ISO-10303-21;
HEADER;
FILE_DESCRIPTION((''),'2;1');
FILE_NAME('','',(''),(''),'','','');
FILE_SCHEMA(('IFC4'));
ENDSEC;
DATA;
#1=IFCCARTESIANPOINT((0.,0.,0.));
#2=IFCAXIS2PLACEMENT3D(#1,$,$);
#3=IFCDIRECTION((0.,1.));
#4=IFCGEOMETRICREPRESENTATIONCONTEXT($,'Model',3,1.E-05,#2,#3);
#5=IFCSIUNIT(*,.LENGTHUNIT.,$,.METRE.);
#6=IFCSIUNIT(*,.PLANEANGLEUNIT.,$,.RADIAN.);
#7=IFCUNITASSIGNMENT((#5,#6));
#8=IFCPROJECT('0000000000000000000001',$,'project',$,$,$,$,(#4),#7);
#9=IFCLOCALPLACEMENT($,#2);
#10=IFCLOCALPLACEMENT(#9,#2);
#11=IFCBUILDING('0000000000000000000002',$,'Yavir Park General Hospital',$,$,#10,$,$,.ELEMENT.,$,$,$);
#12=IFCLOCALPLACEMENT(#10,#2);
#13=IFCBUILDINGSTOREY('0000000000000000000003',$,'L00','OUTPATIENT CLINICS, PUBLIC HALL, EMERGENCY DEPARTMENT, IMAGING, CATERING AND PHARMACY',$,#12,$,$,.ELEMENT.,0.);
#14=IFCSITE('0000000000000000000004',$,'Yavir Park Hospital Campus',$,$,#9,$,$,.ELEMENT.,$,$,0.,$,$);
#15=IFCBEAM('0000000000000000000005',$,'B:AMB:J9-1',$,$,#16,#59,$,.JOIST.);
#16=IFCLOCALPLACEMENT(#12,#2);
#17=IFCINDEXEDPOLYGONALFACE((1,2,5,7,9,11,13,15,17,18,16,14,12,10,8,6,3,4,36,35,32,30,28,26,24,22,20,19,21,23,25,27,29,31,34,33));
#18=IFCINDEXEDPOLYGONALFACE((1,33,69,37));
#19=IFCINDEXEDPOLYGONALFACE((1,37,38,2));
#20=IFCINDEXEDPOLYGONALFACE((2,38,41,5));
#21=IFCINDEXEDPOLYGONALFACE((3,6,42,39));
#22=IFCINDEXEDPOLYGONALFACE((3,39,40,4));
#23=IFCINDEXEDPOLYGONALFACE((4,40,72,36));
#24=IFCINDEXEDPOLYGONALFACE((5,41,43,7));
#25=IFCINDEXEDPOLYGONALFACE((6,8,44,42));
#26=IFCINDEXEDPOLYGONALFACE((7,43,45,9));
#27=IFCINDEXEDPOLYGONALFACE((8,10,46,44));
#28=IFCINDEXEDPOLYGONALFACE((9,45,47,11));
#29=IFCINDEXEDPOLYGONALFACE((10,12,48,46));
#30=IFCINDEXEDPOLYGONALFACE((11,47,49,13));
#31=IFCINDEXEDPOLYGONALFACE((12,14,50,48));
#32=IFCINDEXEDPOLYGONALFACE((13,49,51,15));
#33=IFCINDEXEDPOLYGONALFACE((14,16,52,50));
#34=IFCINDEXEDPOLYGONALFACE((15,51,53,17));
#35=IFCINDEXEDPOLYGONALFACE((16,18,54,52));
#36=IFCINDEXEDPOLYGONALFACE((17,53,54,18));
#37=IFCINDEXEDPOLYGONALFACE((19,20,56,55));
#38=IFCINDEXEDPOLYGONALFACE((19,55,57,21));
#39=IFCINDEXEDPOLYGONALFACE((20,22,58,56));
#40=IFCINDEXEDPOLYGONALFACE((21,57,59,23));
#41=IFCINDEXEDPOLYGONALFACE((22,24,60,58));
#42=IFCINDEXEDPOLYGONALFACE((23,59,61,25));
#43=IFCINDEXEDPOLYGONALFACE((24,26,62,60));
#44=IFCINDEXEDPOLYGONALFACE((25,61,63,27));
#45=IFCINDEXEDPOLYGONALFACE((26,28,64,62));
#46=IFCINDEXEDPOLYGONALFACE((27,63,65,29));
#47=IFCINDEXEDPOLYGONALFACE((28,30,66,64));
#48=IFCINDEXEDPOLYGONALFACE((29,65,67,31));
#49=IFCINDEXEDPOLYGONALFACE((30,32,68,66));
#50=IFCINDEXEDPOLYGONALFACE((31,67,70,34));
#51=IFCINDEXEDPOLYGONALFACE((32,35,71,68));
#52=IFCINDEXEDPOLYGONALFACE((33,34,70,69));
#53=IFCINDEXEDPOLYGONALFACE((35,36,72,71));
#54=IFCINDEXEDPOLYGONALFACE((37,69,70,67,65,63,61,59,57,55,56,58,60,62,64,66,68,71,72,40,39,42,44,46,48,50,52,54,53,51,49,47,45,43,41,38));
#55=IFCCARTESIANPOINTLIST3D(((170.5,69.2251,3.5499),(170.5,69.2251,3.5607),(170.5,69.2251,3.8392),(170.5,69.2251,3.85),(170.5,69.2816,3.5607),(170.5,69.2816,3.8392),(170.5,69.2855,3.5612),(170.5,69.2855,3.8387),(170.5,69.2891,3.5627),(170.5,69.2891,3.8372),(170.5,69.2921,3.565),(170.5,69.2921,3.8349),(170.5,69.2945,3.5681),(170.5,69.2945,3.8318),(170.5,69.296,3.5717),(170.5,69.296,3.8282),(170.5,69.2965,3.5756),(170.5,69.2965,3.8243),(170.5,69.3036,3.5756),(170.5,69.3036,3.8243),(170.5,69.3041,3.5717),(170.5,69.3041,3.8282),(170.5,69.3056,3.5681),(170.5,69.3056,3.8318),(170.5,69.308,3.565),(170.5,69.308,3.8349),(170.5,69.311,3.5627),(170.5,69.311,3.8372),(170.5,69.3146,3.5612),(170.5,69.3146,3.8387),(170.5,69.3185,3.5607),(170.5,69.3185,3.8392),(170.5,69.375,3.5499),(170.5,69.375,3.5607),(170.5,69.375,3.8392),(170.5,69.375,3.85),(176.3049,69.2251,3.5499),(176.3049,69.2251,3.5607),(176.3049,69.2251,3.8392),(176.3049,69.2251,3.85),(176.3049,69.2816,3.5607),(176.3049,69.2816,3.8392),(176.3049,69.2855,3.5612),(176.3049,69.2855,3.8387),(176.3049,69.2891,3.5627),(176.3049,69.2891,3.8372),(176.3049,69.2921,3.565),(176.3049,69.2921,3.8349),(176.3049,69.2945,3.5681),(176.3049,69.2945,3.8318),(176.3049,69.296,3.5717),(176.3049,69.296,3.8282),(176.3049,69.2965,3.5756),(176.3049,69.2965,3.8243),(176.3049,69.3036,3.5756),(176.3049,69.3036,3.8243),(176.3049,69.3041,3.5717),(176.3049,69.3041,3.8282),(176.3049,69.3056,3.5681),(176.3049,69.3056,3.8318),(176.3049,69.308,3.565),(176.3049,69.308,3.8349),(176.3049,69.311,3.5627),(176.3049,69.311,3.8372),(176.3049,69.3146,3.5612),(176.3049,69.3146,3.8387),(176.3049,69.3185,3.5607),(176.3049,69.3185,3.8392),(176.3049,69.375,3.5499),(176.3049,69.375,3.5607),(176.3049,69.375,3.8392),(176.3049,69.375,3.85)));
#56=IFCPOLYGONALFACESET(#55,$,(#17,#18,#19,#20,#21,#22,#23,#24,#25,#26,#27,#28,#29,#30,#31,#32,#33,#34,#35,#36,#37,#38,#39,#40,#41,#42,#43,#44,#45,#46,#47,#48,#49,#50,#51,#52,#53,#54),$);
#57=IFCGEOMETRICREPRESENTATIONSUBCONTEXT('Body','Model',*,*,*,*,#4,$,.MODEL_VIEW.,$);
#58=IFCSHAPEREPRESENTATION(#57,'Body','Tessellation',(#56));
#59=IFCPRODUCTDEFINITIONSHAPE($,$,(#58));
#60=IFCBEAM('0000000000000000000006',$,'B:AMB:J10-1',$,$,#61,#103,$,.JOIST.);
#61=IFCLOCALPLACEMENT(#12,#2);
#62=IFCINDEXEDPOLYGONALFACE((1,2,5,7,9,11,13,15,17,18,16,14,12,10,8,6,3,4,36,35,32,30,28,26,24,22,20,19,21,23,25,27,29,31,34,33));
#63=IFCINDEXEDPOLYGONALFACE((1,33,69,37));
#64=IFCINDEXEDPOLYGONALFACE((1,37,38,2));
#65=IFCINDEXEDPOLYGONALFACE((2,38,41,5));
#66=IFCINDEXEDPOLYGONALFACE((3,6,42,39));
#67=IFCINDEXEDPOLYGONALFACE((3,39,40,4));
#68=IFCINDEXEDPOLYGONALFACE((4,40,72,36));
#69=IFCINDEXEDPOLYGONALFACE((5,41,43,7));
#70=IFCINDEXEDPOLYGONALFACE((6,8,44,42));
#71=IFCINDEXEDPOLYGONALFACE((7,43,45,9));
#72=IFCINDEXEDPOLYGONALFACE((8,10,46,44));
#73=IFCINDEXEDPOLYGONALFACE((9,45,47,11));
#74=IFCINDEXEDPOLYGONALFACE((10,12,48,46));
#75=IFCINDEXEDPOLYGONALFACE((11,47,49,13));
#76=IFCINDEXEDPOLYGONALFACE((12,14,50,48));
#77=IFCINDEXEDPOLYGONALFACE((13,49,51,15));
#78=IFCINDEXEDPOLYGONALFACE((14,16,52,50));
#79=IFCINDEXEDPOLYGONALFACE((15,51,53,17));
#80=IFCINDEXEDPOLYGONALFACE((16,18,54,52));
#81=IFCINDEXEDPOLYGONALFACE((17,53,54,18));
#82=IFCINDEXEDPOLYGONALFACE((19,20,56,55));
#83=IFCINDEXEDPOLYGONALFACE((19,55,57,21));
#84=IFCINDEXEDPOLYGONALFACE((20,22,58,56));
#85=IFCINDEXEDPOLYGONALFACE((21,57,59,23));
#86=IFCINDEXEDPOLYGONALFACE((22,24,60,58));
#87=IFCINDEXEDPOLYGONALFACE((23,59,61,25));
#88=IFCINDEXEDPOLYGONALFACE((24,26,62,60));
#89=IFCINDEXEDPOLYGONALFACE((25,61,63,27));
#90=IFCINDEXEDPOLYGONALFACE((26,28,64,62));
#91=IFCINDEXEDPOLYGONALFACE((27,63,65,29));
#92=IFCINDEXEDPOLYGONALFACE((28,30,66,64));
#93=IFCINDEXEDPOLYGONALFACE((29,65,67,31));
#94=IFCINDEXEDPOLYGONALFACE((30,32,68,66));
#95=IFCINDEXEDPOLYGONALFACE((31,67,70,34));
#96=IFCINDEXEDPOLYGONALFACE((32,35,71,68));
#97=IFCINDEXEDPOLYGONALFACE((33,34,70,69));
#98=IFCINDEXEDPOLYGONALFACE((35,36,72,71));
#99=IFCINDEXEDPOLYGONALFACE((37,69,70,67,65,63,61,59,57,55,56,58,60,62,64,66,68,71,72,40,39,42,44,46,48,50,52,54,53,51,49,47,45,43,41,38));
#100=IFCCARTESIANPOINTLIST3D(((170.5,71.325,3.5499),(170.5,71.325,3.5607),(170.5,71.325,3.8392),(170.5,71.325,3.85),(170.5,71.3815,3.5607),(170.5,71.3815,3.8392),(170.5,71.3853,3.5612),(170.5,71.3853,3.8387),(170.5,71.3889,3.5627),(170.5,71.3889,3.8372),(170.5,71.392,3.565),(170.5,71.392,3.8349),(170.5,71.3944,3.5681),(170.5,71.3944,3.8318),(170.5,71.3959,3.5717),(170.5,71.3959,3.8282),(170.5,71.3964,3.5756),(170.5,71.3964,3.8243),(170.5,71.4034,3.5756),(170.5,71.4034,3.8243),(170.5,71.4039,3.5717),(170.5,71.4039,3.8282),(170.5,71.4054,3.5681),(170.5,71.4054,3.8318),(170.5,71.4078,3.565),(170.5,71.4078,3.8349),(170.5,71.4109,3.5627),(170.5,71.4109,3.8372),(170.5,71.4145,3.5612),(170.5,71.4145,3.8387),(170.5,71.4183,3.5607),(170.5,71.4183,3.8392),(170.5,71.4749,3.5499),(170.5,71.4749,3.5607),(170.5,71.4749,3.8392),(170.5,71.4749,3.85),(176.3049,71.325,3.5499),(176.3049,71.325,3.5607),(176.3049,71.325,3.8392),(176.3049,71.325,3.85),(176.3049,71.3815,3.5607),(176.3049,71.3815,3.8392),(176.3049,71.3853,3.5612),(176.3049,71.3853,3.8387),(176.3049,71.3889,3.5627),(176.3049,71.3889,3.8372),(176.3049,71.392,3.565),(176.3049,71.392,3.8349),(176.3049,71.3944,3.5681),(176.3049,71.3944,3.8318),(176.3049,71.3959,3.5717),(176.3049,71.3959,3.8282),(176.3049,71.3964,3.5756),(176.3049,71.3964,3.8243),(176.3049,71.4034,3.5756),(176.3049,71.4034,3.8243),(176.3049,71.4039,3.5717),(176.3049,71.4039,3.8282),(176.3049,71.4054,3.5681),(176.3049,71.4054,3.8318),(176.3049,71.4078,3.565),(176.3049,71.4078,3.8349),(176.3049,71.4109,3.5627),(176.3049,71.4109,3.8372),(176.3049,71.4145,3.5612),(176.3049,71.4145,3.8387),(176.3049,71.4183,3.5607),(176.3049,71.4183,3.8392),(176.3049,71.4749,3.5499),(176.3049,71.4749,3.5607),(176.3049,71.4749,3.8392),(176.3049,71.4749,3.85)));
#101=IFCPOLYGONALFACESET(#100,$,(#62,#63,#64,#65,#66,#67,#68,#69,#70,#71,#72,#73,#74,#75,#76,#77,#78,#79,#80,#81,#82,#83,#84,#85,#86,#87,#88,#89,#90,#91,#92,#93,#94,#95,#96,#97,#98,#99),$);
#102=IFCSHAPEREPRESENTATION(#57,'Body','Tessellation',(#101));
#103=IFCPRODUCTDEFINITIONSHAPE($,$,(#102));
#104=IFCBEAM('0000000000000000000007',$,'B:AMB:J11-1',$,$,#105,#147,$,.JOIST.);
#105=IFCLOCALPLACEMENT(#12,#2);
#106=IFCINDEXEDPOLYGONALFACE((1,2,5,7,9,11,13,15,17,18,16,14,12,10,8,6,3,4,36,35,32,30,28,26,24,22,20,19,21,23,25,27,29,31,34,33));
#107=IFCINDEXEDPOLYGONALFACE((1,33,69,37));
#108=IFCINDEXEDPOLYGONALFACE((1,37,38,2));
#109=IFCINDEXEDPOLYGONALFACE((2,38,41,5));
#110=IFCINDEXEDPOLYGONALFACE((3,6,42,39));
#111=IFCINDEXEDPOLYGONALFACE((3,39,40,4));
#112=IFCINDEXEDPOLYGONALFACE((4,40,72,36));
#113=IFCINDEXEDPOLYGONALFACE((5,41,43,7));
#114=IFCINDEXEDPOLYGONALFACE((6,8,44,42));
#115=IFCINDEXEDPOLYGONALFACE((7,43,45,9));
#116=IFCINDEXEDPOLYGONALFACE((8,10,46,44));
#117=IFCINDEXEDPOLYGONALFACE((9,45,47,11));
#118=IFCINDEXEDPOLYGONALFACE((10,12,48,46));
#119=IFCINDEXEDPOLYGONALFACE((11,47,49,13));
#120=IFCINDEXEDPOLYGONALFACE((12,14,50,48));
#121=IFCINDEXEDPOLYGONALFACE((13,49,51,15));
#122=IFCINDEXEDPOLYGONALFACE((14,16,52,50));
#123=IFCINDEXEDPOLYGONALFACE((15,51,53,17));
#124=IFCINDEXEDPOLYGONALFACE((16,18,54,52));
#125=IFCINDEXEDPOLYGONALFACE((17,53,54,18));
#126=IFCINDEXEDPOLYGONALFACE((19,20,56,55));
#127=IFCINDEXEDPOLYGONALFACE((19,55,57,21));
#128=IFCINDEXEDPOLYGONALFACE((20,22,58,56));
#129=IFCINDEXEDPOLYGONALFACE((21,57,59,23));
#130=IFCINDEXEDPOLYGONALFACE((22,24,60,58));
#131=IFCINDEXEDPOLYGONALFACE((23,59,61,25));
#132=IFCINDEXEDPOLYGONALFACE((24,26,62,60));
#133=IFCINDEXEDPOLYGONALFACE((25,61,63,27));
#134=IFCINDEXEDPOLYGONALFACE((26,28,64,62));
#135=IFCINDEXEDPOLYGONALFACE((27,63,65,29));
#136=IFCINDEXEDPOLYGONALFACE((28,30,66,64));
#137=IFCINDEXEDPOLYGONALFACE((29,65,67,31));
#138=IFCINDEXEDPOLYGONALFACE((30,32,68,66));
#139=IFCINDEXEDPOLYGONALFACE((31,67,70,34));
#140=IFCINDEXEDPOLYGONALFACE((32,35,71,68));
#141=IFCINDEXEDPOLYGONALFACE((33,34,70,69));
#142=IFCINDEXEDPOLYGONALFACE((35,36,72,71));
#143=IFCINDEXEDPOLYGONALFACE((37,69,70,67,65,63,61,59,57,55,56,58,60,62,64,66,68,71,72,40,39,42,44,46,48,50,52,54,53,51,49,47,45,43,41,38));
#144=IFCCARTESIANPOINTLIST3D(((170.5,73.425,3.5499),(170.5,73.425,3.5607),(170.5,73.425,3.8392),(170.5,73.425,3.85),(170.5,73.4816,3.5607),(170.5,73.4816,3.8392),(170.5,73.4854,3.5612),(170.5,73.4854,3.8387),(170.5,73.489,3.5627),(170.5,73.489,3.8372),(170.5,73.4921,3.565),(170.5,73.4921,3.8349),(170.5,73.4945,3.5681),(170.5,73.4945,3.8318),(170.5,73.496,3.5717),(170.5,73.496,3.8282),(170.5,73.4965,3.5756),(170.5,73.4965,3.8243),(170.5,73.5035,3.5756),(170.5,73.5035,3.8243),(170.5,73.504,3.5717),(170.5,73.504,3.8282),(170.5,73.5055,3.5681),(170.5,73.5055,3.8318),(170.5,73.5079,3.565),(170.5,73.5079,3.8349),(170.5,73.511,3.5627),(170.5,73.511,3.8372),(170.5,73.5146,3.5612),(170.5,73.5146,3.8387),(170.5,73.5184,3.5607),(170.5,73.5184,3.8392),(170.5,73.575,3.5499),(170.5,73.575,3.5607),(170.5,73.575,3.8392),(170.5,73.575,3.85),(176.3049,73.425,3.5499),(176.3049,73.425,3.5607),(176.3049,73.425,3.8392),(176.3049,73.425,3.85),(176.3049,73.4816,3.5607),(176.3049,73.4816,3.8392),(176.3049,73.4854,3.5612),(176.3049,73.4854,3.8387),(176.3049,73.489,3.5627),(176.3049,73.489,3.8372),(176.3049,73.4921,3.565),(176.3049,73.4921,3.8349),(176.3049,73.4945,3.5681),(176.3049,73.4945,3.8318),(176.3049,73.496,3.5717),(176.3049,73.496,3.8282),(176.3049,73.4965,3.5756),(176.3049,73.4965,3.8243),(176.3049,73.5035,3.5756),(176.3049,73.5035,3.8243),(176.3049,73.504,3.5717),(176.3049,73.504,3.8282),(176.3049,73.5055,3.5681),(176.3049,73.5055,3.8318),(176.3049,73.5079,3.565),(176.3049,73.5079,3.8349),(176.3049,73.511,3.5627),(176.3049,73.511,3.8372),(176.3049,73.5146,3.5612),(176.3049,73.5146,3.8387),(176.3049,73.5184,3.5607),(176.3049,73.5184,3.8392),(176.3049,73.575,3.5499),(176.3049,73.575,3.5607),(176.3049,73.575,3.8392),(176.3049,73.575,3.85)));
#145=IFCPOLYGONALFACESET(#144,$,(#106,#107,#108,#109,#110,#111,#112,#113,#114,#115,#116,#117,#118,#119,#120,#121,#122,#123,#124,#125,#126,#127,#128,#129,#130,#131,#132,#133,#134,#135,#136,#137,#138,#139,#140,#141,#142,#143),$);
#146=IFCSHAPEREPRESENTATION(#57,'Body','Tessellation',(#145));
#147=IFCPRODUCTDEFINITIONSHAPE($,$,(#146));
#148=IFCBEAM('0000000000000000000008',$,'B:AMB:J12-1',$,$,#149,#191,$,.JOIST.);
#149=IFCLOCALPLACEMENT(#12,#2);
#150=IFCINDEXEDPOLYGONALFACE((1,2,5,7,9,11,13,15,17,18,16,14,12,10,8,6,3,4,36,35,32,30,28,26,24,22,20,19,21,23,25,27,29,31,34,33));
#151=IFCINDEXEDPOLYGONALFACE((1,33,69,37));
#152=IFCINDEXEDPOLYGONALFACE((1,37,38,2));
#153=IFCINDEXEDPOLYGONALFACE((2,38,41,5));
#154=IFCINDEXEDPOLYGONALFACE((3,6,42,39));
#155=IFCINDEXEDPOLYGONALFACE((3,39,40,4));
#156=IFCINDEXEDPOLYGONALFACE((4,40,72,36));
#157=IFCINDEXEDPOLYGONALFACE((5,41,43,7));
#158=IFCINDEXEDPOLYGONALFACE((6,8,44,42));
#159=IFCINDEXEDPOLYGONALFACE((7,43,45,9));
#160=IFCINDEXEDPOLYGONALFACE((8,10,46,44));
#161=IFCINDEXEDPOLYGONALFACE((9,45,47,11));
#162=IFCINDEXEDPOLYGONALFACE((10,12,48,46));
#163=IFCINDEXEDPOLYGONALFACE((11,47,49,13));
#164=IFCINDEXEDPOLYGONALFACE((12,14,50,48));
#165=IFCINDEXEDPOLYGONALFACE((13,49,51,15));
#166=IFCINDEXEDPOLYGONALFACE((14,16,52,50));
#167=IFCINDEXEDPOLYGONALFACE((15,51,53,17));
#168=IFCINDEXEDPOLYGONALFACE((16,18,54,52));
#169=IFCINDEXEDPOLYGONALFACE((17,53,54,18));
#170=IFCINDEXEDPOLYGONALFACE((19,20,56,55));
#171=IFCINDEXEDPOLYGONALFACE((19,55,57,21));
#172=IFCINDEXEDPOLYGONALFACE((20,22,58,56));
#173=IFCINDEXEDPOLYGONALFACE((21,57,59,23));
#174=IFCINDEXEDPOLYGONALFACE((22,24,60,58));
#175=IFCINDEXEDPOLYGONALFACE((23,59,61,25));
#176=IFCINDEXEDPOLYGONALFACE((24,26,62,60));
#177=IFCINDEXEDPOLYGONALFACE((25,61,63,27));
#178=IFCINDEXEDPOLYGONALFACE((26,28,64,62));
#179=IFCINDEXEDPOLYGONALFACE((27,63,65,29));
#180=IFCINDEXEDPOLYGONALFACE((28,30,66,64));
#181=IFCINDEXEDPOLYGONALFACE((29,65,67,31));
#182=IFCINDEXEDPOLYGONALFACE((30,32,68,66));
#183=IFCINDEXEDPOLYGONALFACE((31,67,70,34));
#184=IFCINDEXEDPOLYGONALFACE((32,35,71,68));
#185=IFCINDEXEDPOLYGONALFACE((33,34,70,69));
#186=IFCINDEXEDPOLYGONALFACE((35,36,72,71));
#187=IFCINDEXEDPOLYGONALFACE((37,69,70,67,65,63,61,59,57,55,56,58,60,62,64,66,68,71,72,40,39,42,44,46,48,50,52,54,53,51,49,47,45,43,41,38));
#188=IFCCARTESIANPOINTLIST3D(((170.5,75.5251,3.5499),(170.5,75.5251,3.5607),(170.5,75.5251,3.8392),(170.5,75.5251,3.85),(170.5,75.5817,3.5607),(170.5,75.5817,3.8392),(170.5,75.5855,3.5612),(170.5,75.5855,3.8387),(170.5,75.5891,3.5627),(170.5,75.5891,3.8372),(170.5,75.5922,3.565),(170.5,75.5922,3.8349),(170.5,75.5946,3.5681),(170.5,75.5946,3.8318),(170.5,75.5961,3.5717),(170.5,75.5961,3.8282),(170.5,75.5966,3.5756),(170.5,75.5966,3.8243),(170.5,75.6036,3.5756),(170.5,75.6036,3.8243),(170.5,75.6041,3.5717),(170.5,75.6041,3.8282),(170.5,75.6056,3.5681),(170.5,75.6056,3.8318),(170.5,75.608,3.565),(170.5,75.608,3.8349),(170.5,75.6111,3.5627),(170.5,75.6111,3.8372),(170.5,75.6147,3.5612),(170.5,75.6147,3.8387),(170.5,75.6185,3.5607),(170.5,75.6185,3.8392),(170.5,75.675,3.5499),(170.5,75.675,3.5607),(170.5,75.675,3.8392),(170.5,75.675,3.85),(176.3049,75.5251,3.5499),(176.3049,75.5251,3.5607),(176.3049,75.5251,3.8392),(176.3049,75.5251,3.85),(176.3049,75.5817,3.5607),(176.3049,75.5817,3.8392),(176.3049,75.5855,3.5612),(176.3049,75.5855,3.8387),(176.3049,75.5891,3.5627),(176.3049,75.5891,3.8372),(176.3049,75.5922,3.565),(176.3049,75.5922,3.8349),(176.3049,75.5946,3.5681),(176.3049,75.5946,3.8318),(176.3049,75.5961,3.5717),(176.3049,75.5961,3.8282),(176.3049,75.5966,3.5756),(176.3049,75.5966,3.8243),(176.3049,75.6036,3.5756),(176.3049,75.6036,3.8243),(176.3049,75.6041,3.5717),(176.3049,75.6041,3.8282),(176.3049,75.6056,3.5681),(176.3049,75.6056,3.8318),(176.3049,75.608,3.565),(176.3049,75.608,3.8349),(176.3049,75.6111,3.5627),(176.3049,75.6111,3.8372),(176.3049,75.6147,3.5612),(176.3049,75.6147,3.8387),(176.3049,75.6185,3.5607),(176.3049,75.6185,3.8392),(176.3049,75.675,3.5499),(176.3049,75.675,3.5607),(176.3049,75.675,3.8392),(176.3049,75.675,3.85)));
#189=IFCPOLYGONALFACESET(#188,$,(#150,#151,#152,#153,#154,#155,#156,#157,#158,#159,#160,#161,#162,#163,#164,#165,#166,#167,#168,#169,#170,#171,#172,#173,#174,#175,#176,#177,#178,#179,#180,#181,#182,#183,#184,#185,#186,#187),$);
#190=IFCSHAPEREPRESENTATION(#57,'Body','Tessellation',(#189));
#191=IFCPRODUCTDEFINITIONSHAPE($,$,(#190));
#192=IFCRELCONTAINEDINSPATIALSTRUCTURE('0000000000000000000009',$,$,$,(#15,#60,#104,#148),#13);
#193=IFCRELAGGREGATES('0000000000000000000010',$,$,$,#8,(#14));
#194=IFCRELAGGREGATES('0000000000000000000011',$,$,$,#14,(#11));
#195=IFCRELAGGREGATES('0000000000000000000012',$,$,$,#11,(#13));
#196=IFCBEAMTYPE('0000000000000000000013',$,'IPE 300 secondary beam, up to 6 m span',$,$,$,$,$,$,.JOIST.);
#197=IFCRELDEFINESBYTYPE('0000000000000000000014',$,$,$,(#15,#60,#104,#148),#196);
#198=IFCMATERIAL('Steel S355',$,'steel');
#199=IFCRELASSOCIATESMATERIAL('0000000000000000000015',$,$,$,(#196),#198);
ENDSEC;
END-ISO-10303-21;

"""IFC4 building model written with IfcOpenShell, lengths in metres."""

from ifc_helpers import new_model, si_unit, direction, frame, origin, origin_2d, place, context, subcontext, project, spatial, i_section, extrude, material, material_profile, profile_set, type_object, element, save


model = new_model("IFC4")

# Units and contexts
model_context = context("Model", 3, precision=1e-05, world=origin(), true_north=direction((0.0, 1.0)))
body_context = subcontext(model_context, "Body", "Model", "MODEL_VIEW")
ifc_project = project(units=[si_unit("LENGTHUNIT", "METRE"), si_unit("PLANEANGLEUNIT", "RADIAN")], contexts=[model_context])

# Site, building, storey
site_placement = place(None, origin())
site = spatial("IfcSite", under=ifc_project, at=site_placement, Name="Yavir Park Hospital Campus", CompositionType="ELEMENT", RefElevation=0.0)
building_placement = place(site_placement, origin())
building = spatial("IfcBuilding", under=site, at=building_placement, Name="Yavir Park General Hospital", CompositionType="ELEMENT")
storey_placement = place(building_placement, origin())
storey = spatial("IfcBuildingStorey", under=building, at=storey_placement, Name="L00", Description="OUTPATIENT CLINICS, PUBLIC HALL, EMERGENCY DEPARTMENT, IMAGING, CATERING AND PHARMACY", CompositionType="ELEMENT", Elevation=0.0)

# Beams
ifc_material_1 = material(Name="Steel S355", Category="steel")
ifc_material_profile_1 = material_profile(ifc_material_1, i_section(OverallWidth=0.1499, OverallDepth=0.3, WebThickness=0.0071, FlangeThickness=0.0107, FilletRadius=0.0149, at=origin_2d()), Name="IPE300")
ifc_profile_set_1 = profile_set([ifc_material_profile_1], Name="Steel S355")
beam_type_1 = type_object("IfcBeamType", Name="IPE 300 secondary beam, up to 6 m span", PredefinedType="JOIST", material=ifc_profile_set_1)
for number, where, z_axis, x_axis, name in (
    (1, (170.5, 69.3, 3.7), (1.0, 0.0, 0.0), (0.0, 1.0, 0.0), "B:AMB:J9-1"),
    (2, (170.5, 71.3999, 3.7), (1.0, 0.0, 0.0), (0.0, 1.0, 0.0), "B:AMB:J10-1"),
    (3, (170.5, 73.5, 3.7), (1.0, 0.0, 0.0), (0.0, 1.0, 0.0), "B:AMB:J11-1"),
    (4, (170.5, 75.6001, 3.7), (1.0, 0.0, 0.0), (0.0, 1.0, 0.0), "B:AMB:J12-1"),
):
    element("IfcBeam", number, at=place(storey_placement, frame(where, z_axis=z_axis, x_axis=x_axis)), inside=storey, type_object=beam_type_1, Name=name, PredefinedType="JOIST", context=body_context, shape_type="SweptSolid", body=[
        extrude(i_section(OverallWidth=0.1499, OverallDepth=0.3, WebThickness=0.0071, FlangeThickness=0.0107, FilletRadius=0.0149, at=origin_2d()), origin(), (0.0, 0.0, 1.0), 5.8049),
    ])

save(model, "model.ifc")
